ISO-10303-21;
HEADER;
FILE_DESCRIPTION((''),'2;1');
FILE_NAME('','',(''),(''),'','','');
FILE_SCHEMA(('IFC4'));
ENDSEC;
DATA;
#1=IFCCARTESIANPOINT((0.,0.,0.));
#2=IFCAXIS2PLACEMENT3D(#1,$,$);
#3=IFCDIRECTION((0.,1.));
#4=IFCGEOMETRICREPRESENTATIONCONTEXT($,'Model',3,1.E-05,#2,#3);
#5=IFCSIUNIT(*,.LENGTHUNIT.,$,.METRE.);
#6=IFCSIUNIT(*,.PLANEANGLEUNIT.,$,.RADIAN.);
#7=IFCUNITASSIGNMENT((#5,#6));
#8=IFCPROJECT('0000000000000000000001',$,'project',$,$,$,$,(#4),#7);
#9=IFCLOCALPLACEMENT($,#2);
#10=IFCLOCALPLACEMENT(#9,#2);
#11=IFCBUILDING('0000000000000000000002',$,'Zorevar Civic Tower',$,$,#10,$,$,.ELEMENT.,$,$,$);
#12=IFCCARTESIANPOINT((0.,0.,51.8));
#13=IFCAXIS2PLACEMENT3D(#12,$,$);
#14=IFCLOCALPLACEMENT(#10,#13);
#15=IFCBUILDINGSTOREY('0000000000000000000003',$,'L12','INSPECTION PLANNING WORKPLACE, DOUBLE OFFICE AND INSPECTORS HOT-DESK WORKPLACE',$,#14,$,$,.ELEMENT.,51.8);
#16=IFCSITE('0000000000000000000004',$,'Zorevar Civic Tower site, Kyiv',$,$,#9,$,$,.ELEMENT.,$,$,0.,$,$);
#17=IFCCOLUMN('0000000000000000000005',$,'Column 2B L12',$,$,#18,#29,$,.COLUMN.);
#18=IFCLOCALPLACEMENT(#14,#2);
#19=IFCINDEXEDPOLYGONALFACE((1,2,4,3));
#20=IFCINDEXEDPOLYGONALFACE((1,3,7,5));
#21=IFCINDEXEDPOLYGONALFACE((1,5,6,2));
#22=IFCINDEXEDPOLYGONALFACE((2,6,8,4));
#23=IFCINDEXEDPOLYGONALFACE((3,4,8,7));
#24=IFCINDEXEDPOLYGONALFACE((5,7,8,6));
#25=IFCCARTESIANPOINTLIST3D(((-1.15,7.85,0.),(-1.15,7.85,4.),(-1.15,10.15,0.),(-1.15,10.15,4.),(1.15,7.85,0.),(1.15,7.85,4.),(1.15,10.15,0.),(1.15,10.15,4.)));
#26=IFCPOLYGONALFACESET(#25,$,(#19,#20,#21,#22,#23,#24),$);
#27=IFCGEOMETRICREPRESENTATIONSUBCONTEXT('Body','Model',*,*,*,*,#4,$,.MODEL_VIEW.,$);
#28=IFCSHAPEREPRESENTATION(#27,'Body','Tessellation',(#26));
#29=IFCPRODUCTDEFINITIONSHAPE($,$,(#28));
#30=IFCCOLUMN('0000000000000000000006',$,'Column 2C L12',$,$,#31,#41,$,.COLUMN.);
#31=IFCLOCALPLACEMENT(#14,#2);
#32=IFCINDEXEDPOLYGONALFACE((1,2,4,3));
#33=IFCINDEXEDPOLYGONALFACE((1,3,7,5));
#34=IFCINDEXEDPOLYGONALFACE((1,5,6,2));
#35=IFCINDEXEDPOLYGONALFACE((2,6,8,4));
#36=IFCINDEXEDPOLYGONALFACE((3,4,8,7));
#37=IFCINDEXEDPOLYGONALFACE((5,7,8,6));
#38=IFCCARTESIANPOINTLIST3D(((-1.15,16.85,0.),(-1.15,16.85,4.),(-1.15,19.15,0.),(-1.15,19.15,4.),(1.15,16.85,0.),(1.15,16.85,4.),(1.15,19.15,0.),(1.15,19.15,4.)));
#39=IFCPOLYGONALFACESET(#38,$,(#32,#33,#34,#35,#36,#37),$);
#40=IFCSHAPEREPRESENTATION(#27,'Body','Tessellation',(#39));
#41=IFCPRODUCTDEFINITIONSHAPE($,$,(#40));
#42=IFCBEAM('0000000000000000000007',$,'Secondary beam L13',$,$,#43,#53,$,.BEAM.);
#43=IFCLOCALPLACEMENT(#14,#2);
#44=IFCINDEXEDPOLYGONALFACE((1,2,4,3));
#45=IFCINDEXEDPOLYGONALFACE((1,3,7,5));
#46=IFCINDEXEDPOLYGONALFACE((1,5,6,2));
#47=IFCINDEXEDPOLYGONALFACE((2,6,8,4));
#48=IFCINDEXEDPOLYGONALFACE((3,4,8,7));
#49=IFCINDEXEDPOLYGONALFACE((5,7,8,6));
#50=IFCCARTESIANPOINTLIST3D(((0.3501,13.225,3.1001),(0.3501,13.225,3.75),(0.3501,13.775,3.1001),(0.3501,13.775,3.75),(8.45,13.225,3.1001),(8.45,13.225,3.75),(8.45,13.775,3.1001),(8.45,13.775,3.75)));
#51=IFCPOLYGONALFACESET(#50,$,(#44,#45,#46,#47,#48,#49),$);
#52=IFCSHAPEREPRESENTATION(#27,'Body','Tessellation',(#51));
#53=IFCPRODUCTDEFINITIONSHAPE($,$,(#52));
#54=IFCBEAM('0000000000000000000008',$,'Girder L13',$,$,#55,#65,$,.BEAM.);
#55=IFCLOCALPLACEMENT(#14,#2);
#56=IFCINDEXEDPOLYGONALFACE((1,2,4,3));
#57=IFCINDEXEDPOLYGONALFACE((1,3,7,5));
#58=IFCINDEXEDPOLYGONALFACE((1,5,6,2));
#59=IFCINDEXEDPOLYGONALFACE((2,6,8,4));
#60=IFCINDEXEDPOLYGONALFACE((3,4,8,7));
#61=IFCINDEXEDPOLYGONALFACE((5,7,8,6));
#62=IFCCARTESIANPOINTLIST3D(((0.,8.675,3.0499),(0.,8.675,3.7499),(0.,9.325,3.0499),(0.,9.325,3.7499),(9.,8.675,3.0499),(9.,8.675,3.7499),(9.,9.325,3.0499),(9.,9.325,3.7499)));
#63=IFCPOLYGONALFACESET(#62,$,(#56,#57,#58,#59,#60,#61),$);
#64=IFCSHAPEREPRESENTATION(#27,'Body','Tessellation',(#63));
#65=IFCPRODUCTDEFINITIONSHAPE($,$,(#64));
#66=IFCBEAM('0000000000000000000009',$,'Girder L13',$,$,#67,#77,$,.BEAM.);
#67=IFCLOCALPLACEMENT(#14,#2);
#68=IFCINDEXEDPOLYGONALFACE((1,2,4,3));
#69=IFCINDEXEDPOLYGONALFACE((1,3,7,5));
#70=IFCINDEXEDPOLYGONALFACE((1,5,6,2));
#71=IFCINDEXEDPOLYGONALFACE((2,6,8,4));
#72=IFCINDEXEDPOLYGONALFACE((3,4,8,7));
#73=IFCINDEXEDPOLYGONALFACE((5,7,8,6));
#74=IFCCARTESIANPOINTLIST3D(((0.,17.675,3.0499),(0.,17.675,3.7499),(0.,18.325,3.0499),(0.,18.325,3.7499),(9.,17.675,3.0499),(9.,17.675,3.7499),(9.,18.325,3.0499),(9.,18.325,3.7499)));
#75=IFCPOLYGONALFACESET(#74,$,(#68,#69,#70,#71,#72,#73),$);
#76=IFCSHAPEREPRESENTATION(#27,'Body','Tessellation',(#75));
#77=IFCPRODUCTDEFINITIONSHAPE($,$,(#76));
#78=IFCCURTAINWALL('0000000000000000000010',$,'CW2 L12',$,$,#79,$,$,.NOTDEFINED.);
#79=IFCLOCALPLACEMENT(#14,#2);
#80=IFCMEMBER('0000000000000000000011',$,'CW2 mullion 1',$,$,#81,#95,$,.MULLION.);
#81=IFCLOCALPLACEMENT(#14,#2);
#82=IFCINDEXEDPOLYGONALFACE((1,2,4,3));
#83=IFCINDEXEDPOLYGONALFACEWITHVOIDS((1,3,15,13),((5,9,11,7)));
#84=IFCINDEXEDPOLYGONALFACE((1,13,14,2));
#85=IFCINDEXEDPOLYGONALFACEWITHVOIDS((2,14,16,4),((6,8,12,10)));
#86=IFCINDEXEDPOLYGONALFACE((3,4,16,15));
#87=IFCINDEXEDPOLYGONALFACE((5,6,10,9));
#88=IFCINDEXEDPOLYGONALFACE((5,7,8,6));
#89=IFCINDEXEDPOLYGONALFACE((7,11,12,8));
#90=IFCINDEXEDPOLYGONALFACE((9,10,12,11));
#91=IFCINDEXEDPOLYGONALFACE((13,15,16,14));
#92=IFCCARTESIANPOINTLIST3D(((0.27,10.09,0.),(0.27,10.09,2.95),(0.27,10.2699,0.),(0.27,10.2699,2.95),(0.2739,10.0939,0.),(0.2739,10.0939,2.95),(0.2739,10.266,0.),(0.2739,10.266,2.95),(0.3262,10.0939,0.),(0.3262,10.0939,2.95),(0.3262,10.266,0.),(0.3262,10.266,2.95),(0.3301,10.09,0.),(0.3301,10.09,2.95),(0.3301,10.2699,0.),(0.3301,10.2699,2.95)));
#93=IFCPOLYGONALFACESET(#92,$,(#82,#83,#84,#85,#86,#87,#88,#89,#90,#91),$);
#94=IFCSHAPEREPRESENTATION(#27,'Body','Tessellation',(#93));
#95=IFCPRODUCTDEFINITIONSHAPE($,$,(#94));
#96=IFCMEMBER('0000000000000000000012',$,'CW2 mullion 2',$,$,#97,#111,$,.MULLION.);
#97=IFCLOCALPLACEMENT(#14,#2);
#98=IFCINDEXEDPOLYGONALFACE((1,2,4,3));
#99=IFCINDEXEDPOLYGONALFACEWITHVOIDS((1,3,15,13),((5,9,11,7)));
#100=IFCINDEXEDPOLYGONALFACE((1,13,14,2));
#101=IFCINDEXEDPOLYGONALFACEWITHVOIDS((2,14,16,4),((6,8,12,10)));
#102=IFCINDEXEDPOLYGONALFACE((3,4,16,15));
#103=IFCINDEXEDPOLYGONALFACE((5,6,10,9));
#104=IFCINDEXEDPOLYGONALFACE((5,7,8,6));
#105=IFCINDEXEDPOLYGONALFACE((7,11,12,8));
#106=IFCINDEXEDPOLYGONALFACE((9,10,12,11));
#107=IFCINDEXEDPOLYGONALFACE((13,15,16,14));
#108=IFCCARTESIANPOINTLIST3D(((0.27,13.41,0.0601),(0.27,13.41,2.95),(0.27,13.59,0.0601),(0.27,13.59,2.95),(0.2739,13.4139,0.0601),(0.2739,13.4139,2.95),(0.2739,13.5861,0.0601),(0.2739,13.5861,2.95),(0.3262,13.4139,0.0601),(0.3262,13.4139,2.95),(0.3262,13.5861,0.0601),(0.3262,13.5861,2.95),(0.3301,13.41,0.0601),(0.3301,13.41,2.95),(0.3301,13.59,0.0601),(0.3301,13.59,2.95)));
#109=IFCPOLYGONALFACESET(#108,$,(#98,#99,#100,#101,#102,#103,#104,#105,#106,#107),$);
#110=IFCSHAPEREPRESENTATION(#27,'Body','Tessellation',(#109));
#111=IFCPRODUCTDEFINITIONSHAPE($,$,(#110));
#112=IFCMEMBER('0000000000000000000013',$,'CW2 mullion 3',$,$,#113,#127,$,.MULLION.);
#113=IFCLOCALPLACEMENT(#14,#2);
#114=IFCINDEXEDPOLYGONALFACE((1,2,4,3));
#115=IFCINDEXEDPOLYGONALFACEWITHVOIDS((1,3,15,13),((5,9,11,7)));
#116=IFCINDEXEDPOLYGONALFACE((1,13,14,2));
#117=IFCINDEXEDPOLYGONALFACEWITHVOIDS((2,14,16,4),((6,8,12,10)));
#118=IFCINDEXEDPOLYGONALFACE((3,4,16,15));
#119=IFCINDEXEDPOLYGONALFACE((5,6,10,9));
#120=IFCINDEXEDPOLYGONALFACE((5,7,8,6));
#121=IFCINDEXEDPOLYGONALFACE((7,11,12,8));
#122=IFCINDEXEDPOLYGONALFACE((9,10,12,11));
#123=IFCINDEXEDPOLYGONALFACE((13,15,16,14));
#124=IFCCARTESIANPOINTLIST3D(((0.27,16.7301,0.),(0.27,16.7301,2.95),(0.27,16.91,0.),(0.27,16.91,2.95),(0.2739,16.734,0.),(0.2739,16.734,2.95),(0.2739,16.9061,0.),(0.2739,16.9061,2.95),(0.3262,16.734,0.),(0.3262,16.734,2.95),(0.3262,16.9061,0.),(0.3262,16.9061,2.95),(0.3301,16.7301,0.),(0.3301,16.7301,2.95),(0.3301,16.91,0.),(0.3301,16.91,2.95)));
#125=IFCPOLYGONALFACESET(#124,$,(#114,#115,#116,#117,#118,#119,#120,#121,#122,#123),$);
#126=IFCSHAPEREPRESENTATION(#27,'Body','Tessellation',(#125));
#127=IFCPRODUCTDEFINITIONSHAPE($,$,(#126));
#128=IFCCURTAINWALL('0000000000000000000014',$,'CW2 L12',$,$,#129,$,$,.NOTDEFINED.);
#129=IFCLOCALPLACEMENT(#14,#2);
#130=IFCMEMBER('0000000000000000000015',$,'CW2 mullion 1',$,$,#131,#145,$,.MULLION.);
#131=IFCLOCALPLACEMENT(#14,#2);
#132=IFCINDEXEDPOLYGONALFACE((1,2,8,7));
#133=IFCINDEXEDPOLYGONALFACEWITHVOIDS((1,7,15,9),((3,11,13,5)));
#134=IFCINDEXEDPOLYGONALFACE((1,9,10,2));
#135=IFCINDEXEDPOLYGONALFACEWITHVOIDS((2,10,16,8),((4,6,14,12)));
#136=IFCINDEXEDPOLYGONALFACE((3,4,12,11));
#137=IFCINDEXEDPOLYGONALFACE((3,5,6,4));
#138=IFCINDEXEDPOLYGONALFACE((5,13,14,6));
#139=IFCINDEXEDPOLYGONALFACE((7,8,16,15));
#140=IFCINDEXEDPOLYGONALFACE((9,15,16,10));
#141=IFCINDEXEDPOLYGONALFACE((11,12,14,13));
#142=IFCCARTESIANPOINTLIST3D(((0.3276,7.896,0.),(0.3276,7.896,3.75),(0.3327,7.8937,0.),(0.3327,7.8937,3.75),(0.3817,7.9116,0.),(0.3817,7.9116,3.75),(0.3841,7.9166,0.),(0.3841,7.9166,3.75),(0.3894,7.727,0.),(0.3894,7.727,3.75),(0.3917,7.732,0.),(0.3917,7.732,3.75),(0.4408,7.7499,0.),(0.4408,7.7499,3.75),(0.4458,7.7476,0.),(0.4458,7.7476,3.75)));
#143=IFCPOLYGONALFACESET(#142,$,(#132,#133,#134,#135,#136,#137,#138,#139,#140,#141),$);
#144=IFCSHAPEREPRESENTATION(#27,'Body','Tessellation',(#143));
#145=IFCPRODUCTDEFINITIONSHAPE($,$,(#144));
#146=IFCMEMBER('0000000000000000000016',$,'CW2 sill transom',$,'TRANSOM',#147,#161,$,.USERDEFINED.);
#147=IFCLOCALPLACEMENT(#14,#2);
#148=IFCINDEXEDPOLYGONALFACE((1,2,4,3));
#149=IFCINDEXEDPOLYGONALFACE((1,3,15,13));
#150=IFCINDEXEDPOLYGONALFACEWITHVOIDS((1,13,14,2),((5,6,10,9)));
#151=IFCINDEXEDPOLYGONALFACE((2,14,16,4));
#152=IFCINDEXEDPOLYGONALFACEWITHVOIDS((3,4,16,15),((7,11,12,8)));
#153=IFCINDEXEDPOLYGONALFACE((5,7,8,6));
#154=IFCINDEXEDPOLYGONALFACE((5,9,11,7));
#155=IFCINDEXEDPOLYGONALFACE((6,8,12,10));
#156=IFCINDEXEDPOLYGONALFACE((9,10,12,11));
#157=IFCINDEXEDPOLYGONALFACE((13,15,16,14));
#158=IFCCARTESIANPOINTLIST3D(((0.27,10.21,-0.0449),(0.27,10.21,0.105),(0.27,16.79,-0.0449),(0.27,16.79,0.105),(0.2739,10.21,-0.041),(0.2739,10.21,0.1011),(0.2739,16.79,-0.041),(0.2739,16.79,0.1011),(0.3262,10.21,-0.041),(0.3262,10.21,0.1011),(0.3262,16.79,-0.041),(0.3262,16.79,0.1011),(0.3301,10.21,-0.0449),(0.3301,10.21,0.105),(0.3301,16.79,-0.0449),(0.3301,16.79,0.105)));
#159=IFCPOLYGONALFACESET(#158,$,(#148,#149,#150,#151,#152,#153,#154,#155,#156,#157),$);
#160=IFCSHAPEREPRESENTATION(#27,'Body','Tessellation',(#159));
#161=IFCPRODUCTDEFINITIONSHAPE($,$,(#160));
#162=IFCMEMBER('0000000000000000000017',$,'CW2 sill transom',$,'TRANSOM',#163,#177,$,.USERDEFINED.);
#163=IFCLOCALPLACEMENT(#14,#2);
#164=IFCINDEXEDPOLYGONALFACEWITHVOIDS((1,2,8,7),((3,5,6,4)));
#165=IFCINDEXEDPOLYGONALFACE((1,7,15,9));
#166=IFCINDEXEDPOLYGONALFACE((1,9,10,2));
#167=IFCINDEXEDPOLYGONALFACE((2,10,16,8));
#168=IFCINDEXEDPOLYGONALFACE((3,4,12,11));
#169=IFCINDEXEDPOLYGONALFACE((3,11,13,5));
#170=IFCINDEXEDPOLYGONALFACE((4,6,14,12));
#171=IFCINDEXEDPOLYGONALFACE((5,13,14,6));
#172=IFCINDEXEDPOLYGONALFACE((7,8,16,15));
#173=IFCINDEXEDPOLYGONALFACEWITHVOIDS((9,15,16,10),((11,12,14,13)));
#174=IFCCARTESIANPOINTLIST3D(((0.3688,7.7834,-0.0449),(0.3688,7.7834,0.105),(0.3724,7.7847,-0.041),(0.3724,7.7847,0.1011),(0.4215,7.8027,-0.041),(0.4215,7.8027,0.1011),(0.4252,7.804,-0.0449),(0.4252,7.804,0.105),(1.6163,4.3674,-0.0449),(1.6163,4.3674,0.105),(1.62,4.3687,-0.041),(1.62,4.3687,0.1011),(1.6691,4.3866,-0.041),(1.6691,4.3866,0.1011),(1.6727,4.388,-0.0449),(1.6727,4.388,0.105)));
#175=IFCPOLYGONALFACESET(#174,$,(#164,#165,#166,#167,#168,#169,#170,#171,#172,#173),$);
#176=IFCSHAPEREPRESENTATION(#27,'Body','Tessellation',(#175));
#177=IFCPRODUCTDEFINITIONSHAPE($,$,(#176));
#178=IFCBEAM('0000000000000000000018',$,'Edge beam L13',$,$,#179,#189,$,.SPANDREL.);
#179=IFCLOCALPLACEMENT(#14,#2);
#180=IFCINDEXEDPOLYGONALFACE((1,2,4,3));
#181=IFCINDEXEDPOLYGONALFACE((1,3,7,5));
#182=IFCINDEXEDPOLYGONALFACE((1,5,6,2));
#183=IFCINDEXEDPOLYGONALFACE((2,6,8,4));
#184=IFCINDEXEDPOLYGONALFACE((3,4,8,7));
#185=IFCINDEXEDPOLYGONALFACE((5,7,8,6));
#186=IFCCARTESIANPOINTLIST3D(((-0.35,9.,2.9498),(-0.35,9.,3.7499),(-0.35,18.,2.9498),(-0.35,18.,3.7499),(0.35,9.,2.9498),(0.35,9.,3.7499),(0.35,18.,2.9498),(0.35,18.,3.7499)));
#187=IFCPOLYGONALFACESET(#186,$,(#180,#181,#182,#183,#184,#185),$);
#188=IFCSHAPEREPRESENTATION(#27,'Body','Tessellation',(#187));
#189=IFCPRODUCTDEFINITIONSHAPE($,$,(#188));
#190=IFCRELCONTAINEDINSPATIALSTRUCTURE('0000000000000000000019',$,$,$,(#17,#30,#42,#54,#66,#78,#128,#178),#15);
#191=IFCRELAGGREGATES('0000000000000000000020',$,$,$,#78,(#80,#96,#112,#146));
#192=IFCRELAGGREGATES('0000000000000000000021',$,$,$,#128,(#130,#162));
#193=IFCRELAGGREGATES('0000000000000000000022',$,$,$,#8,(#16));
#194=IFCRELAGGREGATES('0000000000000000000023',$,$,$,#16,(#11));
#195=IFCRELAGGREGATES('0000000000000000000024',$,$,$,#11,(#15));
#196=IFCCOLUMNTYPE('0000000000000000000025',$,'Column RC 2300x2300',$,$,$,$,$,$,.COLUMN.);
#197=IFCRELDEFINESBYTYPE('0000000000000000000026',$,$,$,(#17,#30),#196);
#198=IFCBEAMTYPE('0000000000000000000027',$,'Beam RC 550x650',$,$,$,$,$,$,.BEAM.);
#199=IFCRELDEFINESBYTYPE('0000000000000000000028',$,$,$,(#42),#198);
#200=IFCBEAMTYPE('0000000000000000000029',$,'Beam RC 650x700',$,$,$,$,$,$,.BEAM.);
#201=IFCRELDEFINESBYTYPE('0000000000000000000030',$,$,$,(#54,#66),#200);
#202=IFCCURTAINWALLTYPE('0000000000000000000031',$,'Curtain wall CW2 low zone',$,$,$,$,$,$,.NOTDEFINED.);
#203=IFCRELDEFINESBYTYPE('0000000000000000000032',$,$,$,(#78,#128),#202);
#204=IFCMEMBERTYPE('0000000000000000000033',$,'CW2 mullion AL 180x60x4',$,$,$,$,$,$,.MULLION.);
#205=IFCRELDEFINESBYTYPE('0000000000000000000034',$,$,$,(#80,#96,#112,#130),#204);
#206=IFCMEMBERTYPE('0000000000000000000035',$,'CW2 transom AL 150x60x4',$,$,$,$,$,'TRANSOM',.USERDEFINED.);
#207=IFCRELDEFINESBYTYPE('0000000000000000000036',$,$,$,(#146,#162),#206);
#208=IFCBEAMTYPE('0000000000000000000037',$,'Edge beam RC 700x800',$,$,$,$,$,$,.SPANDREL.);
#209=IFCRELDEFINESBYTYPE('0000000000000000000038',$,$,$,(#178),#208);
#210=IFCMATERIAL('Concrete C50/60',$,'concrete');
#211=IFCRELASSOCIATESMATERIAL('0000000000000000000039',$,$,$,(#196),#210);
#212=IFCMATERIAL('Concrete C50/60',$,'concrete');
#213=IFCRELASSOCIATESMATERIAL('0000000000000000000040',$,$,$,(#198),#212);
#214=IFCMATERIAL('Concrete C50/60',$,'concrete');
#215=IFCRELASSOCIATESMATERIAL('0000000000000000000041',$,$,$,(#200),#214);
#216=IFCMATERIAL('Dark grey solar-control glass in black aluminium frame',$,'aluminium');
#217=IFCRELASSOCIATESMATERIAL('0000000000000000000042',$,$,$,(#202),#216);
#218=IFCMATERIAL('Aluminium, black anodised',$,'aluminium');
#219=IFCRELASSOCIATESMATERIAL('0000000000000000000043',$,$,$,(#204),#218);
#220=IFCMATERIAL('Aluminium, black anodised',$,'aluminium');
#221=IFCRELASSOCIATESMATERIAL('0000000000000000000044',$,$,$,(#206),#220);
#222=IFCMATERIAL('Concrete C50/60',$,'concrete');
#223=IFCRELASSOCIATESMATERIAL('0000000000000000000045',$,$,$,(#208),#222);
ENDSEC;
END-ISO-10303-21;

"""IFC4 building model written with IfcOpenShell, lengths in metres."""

from ifc_helpers import new_model, si_unit, direction, frame, origin, origin_2d, place, context, subcontext, project, spatial, rectangle, hollow_rectangle, extrude, material, material_profile, profile_set, type_object, element, aggregate, save


model = new_model("IFC4")

# Units and contexts
model_context = context("Model", 3, precision=1e-05, world=origin(), true_north=direction((0.0, 1.0)))
body_context = subcontext(model_context, "Body", "Model", "MODEL_VIEW")
ifc_project = project(units=[si_unit("LENGTHUNIT", "METRE"), si_unit("PLANEANGLEUNIT", "RADIAN")], contexts=[model_context])

# Site, building, storey
site_placement = place(None, origin())
site = spatial("IfcSite", under=ifc_project, at=site_placement, Name="Zorevar Civic Tower site, Kyiv", CompositionType="ELEMENT", RefElevation=0.0)
building_placement = place(site_placement, origin())
building = spatial("IfcBuilding", under=site, at=building_placement, Name="Zorevar Civic Tower", CompositionType="ELEMENT")
storey_placement = place(building_placement, frame((0.0, 0.0, 51.8)))
storey = spatial("IfcBuildingStorey", under=building, at=storey_placement, Name="L12", Description="INSPECTION PLANNING WORKPLACE, DOUBLE OFFICE AND INSPECTORS HOT-DESK WORKPLACE", CompositionType="ELEMENT", Elevation=51.8)

# Columns
ifc_material_1 = material(Name="Concrete C50/60", Category="concrete")
ifc_material_profile_1 = material_profile(ifc_material_1, rectangle(XDim=2.3, YDim=2.3, at=origin_2d()), Name="RC 2300x2300")
ifc_profile_set_1 = profile_set([ifc_material_profile_1], Name="Concrete C50/60")
column_type = type_object("IfcColumnType", Name="Column RC 2300x2300", PredefinedType="COLUMN", material=ifc_profile_set_1)
for number, where, z_axis, x_axis, name in (
    (1, (0.0, 9.0, 0.0), (0.0, 0.0, 1.0), (1.0, 0.0, 0.0), "Column 2B L12"),
    (2, (0.0, 18.0, 0.0), (0.0, 0.0, 1.0), (1.0, 0.0, 0.0), "Column 2C L12"),
):
    element("IfcColumn", number, at=place(storey_placement, frame(where, z_axis=z_axis, x_axis=x_axis)), inside=storey, type_object=column_type, Name=name, PredefinedType="COLUMN", context=body_context, shape_type="SweptSolid", body=[
        extrude(rectangle(XDim=2.3, YDim=2.3, at=origin_2d()), origin(), (0.0, 0.0, 1.0), 4.0),
    ])

# Beams
ifc_material_2 = material(Name="Concrete C50/60", Category="concrete")
ifc_material_profile_2 = material_profile(ifc_material_2, rectangle(XDim=0.55, YDim=0.6499, at=origin_2d()), Name="RC 550x650")
ifc_profile_set_2 = profile_set([ifc_material_profile_2], Name="Concrete C50/60")
beam_type_1 = type_object("IfcBeamType", Name="Beam RC 550x650", PredefinedType="BEAM", material=ifc_profile_set_2)
beam_1_placement = place(storey_placement, frame((0.3501, 13.5, 3.425), z_axis=(1.0, 0.0, 0.0), x_axis=(0.0, 1.0, 0.0)))
element("IfcBeam", 3, at=beam_1_placement, inside=storey, type_object=beam_type_1, Name="Secondary beam L13", PredefinedType="BEAM", context=body_context, shape_type="SweptSolid", body=[
    extrude(rectangle(XDim=0.55, YDim=0.6499, at=origin_2d()), origin(), (0.0, 0.0, 1.0), 8.0999),
])
ifc_material_3 = material(Name="Concrete C50/60", Category="concrete")
ifc_material_profile_3 = material_profile(ifc_material_3, rectangle(XDim=0.6499, YDim=0.7, at=origin_2d()), Name="RC 650x700")
ifc_profile_set_3 = profile_set([ifc_material_profile_3], Name="Concrete C50/60")
beam_type_2 = type_object("IfcBeamType", Name="Beam RC 650x700", PredefinedType="BEAM", material=ifc_profile_set_3)
for number, where, z_axis, x_axis, name in (
    (4, (0.0, 9.0, 3.3999), (1.0, 0.0, 0.0), (0.0, 1.0, 0.0), "Girder L13"),
    (5, (0.0, 18.0, 3.3999), (1.0, 0.0, 0.0), (0.0, 1.0, 0.0), "Girder L13"),
):
    element("IfcBeam", number, at=place(storey_placement, frame(where, z_axis=z_axis, x_axis=x_axis)), inside=storey, type_object=beam_type_2, Name=name, PredefinedType="BEAM", context=body_context, shape_type="SweptSolid", body=[
        extrude(rectangle(XDim=0.6499, YDim=0.7, at=origin_2d()), origin(), (0.0, 0.0, 1.0), 9.0),
    ])

# Curtain wall, members
ifc_material_4 = material(Name="Dark grey solar-control glass in black aluminium frame", Category="aluminium")
curtain_wall_type = type_object("IfcCurtainWallType", Name="Curtain wall CW2 low zone", PredefinedType="NOTDEFINED", material=ifc_material_4)
curtain_wall_1_placement = place(storey_placement, origin())
curtain_wall_1 = element("IfcCurtainWall", 6, at=curtain_wall_1_placement, inside=storey, type_object=curtain_wall_type, Name="CW2 L12", PredefinedType="NOTDEFINED")
ifc_material_5 = material(Name="Aluminium, black anodised", Category="aluminium")
ifc_material_profile_4 = material_profile(ifc_material_5, hollow_rectangle(XDim=0.0601, YDim=0.1799, WallThickness=0.0039, at=origin_2d()), Name="AL 180x60x4")
ifc_profile_set_4 = profile_set([ifc_material_profile_4], Name="Aluminium, black anodised")
member_type_1 = type_object("IfcMemberType", Name="CW2 mullion AL 180x60x4", PredefinedType="MULLION", material=ifc_profile_set_4)
member_1_placement = place(storey_placement, frame((0.3, 10.1799, 0.0), z_axis=(0.0, 0.0, 1.0), x_axis=(-1.0, 0.0, 0.0)))
member_1 = element("IfcMember", 7, at=member_1_placement, type_object=member_type_1, Name="CW2 mullion 1", PredefinedType="MULLION", context=body_context, shape_type="SweptSolid", body=[
    extrude(hollow_rectangle(XDim=0.0601, YDim=0.1799, WallThickness=0.0039, at=origin_2d()), origin(), (0.0, 0.0, 1.0), 2.95),
])
member_2_placement = place(storey_placement, frame((0.3, 13.5, 0.0601), z_axis=(0.0, 0.0, 1.0), x_axis=(-1.0, 0.0, 0.0)))
member_2 = element("IfcMember", 8, at=member_2_placement, type_object=member_type_1, Name="CW2 mullion 2", PredefinedType="MULLION", context=body_context, shape_type="SweptSolid", body=[
    extrude(hollow_rectangle(XDim=0.0601, YDim=0.1799, WallThickness=0.0039, at=origin_2d()), origin(), (0.0, 0.0, 1.0), 2.8899),
])
member_3_placement = place(storey_placement, frame((0.3, 16.8201, 0.0), z_axis=(0.0, 0.0, 1.0), x_axis=(-1.0, 0.0, 0.0)))
member_3 = element("IfcMember", 9, at=member_3_placement, type_object=member_type_1, Name="CW2 mullion 3", PredefinedType="MULLION", context=body_context, shape_type="SweptSolid", body=[
    extrude(hollow_rectangle(XDim=0.0601, YDim=0.1799, WallThickness=0.0039, at=origin_2d()), origin(), (0.0, 0.0, 1.0), 2.95),
])

# Curtain wall, member
curtain_wall_2_placement = place(storey_placement, origin())
curtain_wall_2 = element("IfcCurtainWall", 10, at=curtain_wall_2_placement, inside=storey, type_object=curtain_wall_type, Name="CW2 L12", PredefinedType="NOTDEFINED")
member_4_placement = place(storey_placement, frame((0.3867, 7.8218, 0.0), z_axis=(0.0, 0.0, 1.0), x_axis=(0.939313, 0.34306, 0.0)))
member_4 = element("IfcMember", 11, at=member_4_placement, type_object=member_type_1, Name="CW2 mullion 1", PredefinedType="MULLION", context=body_context, shape_type="SweptSolid", body=[
    extrude(hollow_rectangle(XDim=0.0601, YDim=0.1799, WallThickness=0.0039, at=origin_2d()), origin(), (0.0, 0.0, 1.0), 3.75),
])

# Members
ifc_material_6 = material(Name="Aluminium, black anodised", Category="aluminium")
ifc_material_profile_5 = material_profile(ifc_material_6, hollow_rectangle(XDim=0.0601, YDim=0.1499, WallThickness=0.0039, at=origin_2d()), Name="AL 150x60x4")
ifc_profile_set_5 = profile_set([ifc_material_profile_5], Name="Aluminium, black anodised")
member_type_2 = type_object("IfcMemberType", Name="CW2 transom AL 150x60x4", ElementType="TRANSOM", PredefinedType="USERDEFINED", material=ifc_profile_set_5)
member_5_placement = place(storey_placement, frame((0.3, 10.21, 0.03), z_axis=(0.0, 1.0, 0.0), x_axis=(-1.0, 0.0, 0.0)))
member_5 = element("IfcMember", 12, at=member_5_placement, type_object=member_type_2, Name="CW2 sill transom", ObjectType="TRANSOM", PredefinedType="USERDEFINED", context=body_context, shape_type="SweptSolid", body=[
    extrude(hollow_rectangle(XDim=0.0601, YDim=0.1499, WallThickness=0.0039, at=origin_2d()), origin(), (0.0, 0.0, 1.0), 6.5801),
])
member_6_placement = place(storey_placement, frame((0.397, 7.7937, 0.03), z_axis=(0.343047, -0.939318, 0.0), x_axis=(0.939318, 0.343047, 0.0)))
member_6 = element("IfcMember", 13, at=member_6_placement, type_object=member_type_2, Name="CW2 sill transom", ObjectType="TRANSOM", PredefinedType="USERDEFINED", context=body_context, shape_type="SweptSolid", body=[
    extrude(hollow_rectangle(XDim=0.0601, YDim=0.1499, WallThickness=0.0039, at=origin_2d()), origin(), (0.0, 0.0, 1.0), 3.6367),
])

# Beam
ifc_material_7 = material(Name="Concrete C50/60", Category="concrete")
ifc_material_profile_6 = material_profile(ifc_material_7, rectangle(XDim=0.7, YDim=0.8, at=origin_2d()), Name="RC 700x800")
ifc_profile_set_6 = profile_set([ifc_material_profile_6], Name="Concrete C50/60")
beam_type_3 = type_object("IfcBeamType", Name="Edge beam RC 700x800", PredefinedType="SPANDREL", material=ifc_profile_set_6)
for number, where, z_axis, x_axis, name in (
    (14, (0.0, 9.0, 3.3499), (0.0, 1.0, 0.0), (-1.0, 0.0, 0.0), "Edge beam L13"),
):
    element("IfcBeam", number, at=place(storey_placement, frame(where, z_axis=z_axis, x_axis=x_axis)), inside=storey, type_object=beam_type_3, Name=name, PredefinedType="SPANDREL", context=body_context, shape_type="SweptSolid", body=[
        extrude(rectangle(XDim=0.7, YDim=0.8, at=origin_2d()), origin(), (0.0, 0.0, 1.0), 9.0),
    ])

aggregate(curtain_wall_1, [member_1, member_2, member_3, member_5])
aggregate(curtain_wall_2, [member_4, member_6])

save(model, "model.ifc")
